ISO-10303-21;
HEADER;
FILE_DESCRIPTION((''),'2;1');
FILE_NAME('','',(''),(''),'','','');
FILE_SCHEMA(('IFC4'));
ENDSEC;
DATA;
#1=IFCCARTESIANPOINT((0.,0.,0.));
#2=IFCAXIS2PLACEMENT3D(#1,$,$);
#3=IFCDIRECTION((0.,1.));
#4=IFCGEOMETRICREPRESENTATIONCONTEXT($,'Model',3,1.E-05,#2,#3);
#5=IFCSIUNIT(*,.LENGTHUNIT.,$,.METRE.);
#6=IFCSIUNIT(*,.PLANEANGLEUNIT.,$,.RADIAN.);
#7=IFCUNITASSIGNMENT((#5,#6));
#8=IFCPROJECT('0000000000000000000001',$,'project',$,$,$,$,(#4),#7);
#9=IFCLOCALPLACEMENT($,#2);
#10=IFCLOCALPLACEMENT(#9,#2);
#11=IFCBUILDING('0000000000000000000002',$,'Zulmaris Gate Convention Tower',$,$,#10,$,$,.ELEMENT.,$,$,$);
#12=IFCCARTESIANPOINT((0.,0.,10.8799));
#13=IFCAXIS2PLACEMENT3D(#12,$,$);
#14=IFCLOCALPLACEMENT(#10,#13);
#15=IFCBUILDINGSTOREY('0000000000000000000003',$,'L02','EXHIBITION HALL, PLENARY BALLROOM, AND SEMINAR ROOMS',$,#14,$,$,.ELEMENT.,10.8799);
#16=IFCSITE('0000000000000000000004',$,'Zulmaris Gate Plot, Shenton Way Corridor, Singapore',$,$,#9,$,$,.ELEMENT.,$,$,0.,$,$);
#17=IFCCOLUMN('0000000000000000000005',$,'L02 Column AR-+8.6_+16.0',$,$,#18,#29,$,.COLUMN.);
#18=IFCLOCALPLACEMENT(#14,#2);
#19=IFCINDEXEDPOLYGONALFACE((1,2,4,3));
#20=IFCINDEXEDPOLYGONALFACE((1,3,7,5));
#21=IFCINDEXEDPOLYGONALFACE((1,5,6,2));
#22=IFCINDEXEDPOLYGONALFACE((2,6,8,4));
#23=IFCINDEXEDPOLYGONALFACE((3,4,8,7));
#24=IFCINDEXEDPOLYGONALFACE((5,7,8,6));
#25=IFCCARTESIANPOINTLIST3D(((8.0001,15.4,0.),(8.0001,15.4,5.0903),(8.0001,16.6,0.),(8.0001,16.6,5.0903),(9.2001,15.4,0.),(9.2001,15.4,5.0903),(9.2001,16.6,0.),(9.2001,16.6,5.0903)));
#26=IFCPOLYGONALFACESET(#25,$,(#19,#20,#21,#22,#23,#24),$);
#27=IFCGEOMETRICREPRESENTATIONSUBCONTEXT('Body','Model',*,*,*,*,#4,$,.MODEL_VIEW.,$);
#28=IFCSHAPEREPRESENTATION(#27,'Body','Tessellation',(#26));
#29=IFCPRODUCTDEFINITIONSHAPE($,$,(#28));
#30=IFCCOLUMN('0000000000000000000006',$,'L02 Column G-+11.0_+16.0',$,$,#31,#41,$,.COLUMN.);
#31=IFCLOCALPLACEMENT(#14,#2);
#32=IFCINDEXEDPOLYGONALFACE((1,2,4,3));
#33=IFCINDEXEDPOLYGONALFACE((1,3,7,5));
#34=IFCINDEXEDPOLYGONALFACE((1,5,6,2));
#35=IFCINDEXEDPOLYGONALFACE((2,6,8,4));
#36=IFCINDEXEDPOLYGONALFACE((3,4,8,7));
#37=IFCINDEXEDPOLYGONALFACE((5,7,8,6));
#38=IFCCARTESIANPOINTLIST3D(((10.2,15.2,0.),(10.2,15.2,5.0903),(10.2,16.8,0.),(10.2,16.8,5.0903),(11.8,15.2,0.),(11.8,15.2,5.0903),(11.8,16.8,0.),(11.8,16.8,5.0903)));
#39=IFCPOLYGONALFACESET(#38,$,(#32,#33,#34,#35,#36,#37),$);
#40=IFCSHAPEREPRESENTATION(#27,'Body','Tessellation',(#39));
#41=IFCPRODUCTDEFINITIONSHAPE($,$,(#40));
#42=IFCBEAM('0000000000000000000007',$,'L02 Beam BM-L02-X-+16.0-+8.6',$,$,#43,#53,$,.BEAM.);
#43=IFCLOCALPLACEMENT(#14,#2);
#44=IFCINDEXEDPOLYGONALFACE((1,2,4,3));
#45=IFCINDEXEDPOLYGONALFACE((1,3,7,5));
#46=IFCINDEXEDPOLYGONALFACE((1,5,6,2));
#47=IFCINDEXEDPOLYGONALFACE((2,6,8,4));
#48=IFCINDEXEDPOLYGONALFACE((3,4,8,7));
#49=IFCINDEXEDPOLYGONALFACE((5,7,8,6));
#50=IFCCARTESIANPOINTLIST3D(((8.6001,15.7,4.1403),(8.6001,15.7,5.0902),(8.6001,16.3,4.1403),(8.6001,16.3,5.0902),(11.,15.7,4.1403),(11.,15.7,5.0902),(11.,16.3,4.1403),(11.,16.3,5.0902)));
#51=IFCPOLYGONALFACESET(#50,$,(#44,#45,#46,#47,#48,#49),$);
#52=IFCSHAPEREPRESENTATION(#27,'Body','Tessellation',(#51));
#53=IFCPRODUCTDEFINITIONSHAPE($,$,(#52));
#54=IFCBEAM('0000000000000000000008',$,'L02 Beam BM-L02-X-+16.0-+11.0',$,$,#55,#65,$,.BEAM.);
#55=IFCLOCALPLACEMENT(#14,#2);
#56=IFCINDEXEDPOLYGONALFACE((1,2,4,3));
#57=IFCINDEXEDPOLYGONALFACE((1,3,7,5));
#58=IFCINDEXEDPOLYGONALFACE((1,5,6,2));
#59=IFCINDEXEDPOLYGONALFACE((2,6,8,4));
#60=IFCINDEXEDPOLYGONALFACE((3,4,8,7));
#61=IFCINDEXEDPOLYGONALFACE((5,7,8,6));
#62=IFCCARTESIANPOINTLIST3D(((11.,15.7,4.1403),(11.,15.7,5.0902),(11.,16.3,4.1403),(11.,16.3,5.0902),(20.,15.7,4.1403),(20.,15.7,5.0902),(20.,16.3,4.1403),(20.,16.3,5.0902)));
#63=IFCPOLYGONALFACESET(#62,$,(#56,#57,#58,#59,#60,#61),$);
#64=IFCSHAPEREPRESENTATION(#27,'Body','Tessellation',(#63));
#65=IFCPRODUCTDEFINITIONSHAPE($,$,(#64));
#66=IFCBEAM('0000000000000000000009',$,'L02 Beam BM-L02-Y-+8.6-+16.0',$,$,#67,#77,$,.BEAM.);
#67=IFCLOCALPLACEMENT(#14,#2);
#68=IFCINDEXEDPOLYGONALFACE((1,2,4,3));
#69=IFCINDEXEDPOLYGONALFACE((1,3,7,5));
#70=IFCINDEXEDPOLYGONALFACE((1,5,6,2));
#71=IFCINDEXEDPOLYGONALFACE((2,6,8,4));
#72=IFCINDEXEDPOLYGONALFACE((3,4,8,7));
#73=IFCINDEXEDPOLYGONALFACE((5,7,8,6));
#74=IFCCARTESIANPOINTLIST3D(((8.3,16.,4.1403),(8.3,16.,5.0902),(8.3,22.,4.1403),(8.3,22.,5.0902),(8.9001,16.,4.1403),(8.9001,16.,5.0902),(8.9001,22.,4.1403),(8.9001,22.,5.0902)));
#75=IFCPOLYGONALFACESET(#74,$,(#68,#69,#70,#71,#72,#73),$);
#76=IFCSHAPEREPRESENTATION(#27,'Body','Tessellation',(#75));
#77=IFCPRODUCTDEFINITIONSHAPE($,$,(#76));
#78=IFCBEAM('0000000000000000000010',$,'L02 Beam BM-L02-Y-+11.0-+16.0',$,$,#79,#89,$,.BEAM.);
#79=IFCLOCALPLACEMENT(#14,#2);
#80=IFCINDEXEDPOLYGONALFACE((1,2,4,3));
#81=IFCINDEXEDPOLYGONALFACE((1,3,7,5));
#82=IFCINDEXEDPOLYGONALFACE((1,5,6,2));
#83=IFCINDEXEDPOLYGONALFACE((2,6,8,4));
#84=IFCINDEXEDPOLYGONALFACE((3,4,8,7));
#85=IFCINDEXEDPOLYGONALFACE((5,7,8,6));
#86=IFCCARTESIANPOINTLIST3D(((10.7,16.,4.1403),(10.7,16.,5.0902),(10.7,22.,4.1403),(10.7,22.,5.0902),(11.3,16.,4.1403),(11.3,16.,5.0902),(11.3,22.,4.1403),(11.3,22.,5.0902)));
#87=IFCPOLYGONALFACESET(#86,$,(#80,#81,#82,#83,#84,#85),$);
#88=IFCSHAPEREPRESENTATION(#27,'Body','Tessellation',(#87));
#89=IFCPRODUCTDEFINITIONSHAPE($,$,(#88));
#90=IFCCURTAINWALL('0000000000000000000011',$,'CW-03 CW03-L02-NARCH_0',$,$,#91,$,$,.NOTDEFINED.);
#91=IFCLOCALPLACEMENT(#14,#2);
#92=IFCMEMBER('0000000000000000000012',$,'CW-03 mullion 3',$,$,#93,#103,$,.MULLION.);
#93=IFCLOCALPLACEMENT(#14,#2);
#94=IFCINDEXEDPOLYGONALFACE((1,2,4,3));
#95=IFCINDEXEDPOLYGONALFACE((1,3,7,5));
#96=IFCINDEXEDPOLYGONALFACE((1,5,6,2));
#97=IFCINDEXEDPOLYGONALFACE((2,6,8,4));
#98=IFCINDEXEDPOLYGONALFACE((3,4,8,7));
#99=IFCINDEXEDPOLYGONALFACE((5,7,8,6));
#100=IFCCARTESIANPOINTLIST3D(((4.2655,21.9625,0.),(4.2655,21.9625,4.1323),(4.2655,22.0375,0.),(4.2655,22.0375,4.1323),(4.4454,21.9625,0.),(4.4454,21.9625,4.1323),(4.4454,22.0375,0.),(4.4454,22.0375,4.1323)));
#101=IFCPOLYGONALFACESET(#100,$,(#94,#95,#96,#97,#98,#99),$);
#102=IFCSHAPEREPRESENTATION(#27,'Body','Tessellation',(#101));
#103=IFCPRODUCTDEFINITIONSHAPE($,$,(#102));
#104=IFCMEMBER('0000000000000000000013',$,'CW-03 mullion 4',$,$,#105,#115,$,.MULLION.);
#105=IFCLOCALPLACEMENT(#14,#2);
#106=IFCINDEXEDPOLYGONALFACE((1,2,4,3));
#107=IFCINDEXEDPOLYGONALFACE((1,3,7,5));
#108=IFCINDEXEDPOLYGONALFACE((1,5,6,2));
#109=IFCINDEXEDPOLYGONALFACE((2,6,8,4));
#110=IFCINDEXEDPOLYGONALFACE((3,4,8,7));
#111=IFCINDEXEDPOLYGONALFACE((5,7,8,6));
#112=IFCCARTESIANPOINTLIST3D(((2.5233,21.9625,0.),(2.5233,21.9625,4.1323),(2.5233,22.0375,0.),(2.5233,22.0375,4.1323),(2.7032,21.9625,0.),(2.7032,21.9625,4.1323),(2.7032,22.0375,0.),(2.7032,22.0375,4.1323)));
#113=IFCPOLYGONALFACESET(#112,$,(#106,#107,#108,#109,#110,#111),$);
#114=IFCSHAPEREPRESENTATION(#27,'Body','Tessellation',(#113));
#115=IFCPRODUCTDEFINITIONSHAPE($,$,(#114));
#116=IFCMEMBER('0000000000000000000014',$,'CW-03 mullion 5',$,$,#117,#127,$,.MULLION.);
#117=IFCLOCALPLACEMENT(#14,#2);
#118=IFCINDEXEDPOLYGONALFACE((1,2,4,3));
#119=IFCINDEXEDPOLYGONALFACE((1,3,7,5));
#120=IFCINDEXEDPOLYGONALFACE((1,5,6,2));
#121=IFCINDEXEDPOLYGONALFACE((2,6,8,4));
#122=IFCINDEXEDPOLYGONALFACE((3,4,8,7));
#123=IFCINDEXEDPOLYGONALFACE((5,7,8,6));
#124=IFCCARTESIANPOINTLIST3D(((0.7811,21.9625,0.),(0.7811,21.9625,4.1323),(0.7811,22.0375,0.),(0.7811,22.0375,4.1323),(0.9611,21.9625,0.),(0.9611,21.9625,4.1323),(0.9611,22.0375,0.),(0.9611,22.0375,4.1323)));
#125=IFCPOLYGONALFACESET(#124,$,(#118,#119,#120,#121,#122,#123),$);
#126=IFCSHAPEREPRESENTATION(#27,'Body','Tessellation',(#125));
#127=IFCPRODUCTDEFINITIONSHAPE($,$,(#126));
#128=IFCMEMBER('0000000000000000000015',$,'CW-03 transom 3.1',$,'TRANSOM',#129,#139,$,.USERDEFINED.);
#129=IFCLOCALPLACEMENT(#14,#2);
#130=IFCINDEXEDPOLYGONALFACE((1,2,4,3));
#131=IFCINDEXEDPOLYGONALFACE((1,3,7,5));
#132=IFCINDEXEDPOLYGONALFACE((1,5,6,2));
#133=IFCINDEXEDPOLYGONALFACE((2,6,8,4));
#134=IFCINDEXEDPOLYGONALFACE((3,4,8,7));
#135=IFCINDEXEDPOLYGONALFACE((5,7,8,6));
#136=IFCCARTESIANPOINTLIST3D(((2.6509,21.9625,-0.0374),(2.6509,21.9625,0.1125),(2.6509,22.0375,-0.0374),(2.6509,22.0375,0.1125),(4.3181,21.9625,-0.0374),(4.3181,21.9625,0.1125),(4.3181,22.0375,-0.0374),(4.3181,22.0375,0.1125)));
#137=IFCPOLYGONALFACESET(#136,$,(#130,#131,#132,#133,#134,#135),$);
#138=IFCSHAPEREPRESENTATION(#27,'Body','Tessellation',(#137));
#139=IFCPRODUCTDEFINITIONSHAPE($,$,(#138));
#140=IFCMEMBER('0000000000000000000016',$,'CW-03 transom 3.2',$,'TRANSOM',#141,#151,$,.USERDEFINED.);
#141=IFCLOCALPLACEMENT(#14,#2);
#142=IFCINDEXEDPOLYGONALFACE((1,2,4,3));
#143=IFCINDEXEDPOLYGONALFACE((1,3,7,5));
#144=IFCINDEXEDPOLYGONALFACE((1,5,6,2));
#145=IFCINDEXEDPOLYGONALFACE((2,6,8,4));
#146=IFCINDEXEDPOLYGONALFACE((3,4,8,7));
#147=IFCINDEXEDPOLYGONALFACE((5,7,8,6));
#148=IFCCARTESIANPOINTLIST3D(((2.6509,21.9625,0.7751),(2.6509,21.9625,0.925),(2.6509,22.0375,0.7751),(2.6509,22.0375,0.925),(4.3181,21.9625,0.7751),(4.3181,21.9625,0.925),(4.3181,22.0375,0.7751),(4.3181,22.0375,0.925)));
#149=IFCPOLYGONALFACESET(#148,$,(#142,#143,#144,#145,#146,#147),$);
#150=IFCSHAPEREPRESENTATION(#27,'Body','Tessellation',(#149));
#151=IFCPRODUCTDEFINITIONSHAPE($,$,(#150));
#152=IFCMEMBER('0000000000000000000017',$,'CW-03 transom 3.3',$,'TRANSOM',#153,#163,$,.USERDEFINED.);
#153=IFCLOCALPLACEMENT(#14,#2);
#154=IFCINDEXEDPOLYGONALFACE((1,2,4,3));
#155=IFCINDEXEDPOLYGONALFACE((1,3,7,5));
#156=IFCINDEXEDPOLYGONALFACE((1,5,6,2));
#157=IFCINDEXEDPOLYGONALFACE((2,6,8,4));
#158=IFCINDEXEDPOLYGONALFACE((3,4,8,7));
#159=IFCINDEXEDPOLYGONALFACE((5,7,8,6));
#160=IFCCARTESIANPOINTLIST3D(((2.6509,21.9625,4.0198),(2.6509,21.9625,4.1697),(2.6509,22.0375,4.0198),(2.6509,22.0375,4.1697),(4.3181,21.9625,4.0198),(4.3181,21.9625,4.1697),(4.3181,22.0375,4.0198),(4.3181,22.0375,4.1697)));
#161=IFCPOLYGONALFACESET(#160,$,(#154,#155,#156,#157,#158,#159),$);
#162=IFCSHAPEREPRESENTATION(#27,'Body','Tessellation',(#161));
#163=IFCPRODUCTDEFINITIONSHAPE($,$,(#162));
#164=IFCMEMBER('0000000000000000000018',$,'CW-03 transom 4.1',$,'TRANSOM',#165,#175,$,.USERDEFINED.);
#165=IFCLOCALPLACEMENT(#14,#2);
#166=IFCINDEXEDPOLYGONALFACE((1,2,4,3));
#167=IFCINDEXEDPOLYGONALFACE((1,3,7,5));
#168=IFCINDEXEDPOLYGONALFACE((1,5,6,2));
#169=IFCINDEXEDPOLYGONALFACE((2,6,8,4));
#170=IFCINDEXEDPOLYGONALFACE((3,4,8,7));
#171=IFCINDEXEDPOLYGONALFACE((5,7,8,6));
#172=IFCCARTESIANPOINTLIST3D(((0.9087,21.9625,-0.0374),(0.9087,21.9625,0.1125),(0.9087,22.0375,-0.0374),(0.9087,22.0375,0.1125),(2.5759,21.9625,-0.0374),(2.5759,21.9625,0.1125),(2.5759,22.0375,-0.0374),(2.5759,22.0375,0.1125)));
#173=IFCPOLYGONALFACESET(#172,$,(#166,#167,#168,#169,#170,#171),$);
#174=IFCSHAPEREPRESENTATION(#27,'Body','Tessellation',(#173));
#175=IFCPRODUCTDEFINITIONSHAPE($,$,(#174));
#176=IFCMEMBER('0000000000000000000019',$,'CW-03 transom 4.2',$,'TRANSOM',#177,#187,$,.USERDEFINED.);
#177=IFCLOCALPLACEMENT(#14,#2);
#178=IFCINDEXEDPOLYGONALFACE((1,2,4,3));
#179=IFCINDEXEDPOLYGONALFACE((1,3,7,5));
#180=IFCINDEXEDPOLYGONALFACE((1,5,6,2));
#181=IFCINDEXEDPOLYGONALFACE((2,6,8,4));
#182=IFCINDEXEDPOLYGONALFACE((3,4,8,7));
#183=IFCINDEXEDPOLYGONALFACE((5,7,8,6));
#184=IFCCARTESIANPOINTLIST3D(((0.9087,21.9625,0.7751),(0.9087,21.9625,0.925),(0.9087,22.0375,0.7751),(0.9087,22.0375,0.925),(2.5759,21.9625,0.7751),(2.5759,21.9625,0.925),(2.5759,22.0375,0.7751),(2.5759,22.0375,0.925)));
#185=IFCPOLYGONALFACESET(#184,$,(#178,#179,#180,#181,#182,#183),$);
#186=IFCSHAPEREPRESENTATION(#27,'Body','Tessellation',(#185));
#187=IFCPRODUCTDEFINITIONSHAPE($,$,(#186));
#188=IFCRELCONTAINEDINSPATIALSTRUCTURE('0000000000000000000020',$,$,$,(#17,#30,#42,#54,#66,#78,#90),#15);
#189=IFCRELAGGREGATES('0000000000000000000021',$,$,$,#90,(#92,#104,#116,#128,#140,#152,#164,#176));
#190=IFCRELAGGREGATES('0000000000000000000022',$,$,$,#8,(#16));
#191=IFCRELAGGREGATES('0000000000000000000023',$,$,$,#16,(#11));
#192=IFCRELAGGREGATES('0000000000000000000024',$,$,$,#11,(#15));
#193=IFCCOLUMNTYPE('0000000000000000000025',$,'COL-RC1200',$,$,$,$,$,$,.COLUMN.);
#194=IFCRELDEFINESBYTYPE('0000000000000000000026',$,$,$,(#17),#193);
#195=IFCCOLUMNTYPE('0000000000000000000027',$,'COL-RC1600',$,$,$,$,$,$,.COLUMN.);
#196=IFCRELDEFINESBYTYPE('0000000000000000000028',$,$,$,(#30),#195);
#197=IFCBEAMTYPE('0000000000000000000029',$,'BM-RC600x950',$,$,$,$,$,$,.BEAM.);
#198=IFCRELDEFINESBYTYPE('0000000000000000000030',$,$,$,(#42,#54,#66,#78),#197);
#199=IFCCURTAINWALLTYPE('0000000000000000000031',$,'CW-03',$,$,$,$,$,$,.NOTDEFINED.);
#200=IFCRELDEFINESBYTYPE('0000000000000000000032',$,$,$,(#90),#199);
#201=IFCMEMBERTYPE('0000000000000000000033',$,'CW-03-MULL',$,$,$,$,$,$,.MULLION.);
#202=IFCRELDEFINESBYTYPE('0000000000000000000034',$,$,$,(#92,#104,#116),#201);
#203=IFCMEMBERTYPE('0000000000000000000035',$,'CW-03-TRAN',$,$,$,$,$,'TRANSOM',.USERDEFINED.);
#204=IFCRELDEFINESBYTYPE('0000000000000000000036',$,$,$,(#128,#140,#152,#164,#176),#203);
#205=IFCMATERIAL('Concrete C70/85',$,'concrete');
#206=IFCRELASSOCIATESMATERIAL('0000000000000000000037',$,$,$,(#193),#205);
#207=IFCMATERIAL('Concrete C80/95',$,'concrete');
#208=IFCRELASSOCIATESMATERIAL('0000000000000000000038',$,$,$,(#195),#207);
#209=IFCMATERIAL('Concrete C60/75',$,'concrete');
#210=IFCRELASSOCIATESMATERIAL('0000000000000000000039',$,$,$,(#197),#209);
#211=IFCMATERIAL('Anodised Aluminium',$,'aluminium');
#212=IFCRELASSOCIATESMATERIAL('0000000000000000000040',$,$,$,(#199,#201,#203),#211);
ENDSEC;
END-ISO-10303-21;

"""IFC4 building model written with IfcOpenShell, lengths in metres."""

from ifc_helpers import new_model, si_unit, direction, frame, origin, origin_2d, place, context, subcontext, project, spatial, rectangle, extrude, material, material_profile, profile_set, type_object, element, aggregate, save


model = new_model("IFC4")

# Units and contexts
model_context = context("Model", 3, precision=1e-05, world=origin(), true_north=direction((0.0, 1.0)))
body_context = subcontext(model_context, "Body", "Model", "MODEL_VIEW")
ifc_project = project(units=[si_unit("LENGTHUNIT", "METRE"), si_unit("PLANEANGLEUNIT", "RADIAN")], contexts=[model_context])

# Site, building, storey
site_placement = place(None, origin())
site = spatial("IfcSite", under=ifc_project, at=site_placement, Name="Zulmaris Gate Plot, Shenton Way Corridor, Singapore", CompositionType="ELEMENT", RefElevation=0.0)
building_placement = place(site_placement, origin())
building = spatial("IfcBuilding", under=site, at=building_placement, Name="Zulmaris Gate Convention Tower", CompositionType="ELEMENT")
storey_placement = place(building_placement, frame((0.0, 0.0, 10.8799)))
storey = spatial("IfcBuildingStorey", under=building, at=storey_placement, Name="L02", Description="EXHIBITION HALL, PLENARY BALLROOM, AND SEMINAR ROOMS", CompositionType="ELEMENT", Elevation=10.8799)

# Columns
ifc_material_1 = material(Name="Concrete C70/85", Category="concrete")
ifc_material_profile_1 = material_profile(ifc_material_1, rectangle(XDim=1.2, YDim=1.2, at=origin_2d()), Name="RC COL 1200x1200")
ifc_profile_set_1 = profile_set([ifc_material_profile_1], Name="Concrete C70/85")
column_type_1 = type_object("IfcColumnType", Name="COL-RC1200", PredefinedType="COLUMN", material=ifc_profile_set_1)
column_1_placement = place(storey_placement, frame((8.6001, 16.0, 0.0), z_axis=(0.0, 0.0, 1.0), x_axis=(1.0, 0.0, 0.0)))
element("IfcColumn", 1, at=column_1_placement, inside=storey, type_object=column_type_1, Name="L02 Column AR-+8.6_+16.0", PredefinedType="COLUMN", context=body_context, shape_type="SweptSolid", body=[
    extrude(rectangle(XDim=1.2, YDim=1.2, at=origin_2d()), origin(), (0.0, 0.0, 1.0), 5.0903),
])
ifc_material_2 = material(Name="Concrete C80/95", Category="concrete")
ifc_material_profile_2 = material_profile(ifc_material_2, rectangle(XDim=1.6001, YDim=1.6001, at=origin_2d()), Name="RC COL 1600x1600")
ifc_profile_set_2 = profile_set([ifc_material_profile_2], Name="Concrete C80/95")
column_type_2 = type_object("IfcColumnType", Name="COL-RC1600", PredefinedType="COLUMN", material=ifc_profile_set_2)
column_2_placement = place(storey_placement, frame((11.0, 16.0, 0.0), z_axis=(0.0, 0.0, 1.0), x_axis=(1.0, 0.0, 0.0)))
element("IfcColumn", 2, at=column_2_placement, inside=storey, type_object=column_type_2, Name="L02 Column G-+11.0_+16.0", PredefinedType="COLUMN", context=body_context, shape_type="SweptSolid", body=[
    extrude(rectangle(XDim=1.6001, YDim=1.6001, at=origin_2d()), origin(), (0.0, 0.0, 1.0), 5.0903),
])

# Beams
ifc_material_3 = material(Name="Concrete C60/75", Category="concrete")
ifc_material_profile_3 = material_profile(ifc_material_3, rectangle(XDim=0.6001, YDim=0.95, at=origin_2d()), Name="RC BEAM 600x950")
ifc_profile_set_3 = profile_set([ifc_material_profile_3], Name="Concrete C60/75")
beam_type = type_object("IfcBeamType", Name="BM-RC600x950", PredefinedType="BEAM", material=ifc_profile_set_3)
beam_1_placement = place(storey_placement, frame((8.6001, 16.0, 4.6152), z_axis=(1.0, 0.0, 0.0), x_axis=(0.0, 1.0, 0.0)))
element("IfcBeam", 3, at=beam_1_placement, inside=storey, type_object=beam_type, Name="L02 Beam BM-L02-X-+16.0-+8.6", PredefinedType="BEAM", context=body_context, shape_type="SweptSolid", body=[
    extrude(rectangle(XDim=0.6001, YDim=0.95, at=origin_2d()), origin(), (0.0, 0.0, 1.0), 2.3999),
])
beam_2_placement = place(storey_placement, frame((11.0, 16.0, 4.6152), z_axis=(1.0, 0.0, 0.0), x_axis=(0.0, 1.0, 0.0)))
element("IfcBeam", 4, at=beam_2_placement, inside=storey, type_object=beam_type, Name="L02 Beam BM-L02-X-+16.0-+11.0", PredefinedType="BEAM", context=body_context, shape_type="SweptSolid", body=[
    extrude(rectangle(XDim=0.6001, YDim=0.95, at=origin_2d()), origin(), (0.0, 0.0, 1.0), 9.0),
])
for number, where, z_axis, x_axis, name in (
    (5, (8.6001, 16.0, 4.6152), (0.0, 1.0, 0.0), (-1.0, 0.0, 0.0), "L02 Beam BM-L02-Y-+8.6-+16.0"),
    (6, (11.0, 16.0, 4.6152), (0.0, 1.0, 0.0), (-1.0, 0.0, 0.0), "L02 Beam BM-L02-Y-+11.0-+16.0"),
):
    element("IfcBeam", number, at=place(storey_placement, frame(where, z_axis=z_axis, x_axis=x_axis)), inside=storey, type_object=beam_type, Name=name, PredefinedType="BEAM", context=body_context, shape_type="SweptSolid", body=[
        extrude(rectangle(XDim=0.6001, YDim=0.95, at=origin_2d()), origin(), (0.0, 0.0, 1.0), 6.0),
    ])

# Curtain wall, members
ifc_material_4 = material(Name="Anodised Aluminium", Category="aluminium")
curtain_wall_type = type_object("IfcCurtainWallType", Name="CW-03", PredefinedType="NOTDEFINED", material=ifc_material_4)
curtain_wall_placement = place(storey_placement, origin())
curtain_wall = element("IfcCurtainWall", 7, at=curtain_wall_placement, inside=storey, type_object=curtain_wall_type, Name="CW-03 CW03-L02-NARCH_0", PredefinedType="NOTDEFINED")
ifc_material_profile_4 = material_profile(ifc_material_4, rectangle(XDim=0.075, YDim=0.1799, at=origin_2d()), Name="ALU MULLION 75x180")
ifc_profile_set_4 = profile_set([ifc_material_profile_4], Name="Anodised Aluminium")
member_type_1 = type_object("IfcMemberType", Name="CW-03-MULL", PredefinedType="MULLION", material=ifc_profile_set_4)
member_1_placement = place(storey_placement, frame((4.3555, 22.0, 0.0), z_axis=(0.0, 0.0, 1.0), x_axis=(0.0, -1.0, 0.0)))
member_1 = element("IfcMember", 8, at=member_1_placement, type_object=member_type_1, Name="CW-03 mullion 3", PredefinedType="MULLION", context=body_context, shape_type="SweptSolid", body=[
    extrude(rectangle(XDim=0.075, YDim=0.1799, at=origin_2d()), origin(), (0.0, 0.0, 1.0), 4.1323),
])
member_2_placement = place(storey_placement, frame((2.6133, 22.0, 0.0), z_axis=(0.0, 0.0, 1.0), x_axis=(0.0, -1.0, 0.0)))
member_2 = element("IfcMember", 9, at=member_2_placement, type_object=member_type_1, Name="CW-03 mullion 4", PredefinedType="MULLION", context=body_context, shape_type="SweptSolid", body=[
    extrude(rectangle(XDim=0.075, YDim=0.1799, at=origin_2d()), origin(), (0.0, 0.0, 1.0), 4.1323),
])
member_3_placement = place(storey_placement, frame((0.8711, 22.0, 0.0), z_axis=(0.0, 0.0, 1.0), x_axis=(0.0, -1.0, 0.0)))
member_3 = element("IfcMember", 10, at=member_3_placement, type_object=member_type_1, Name="CW-03 mullion 5", PredefinedType="MULLION", context=body_context, shape_type="SweptSolid", body=[
    extrude(rectangle(XDim=0.075, YDim=0.1799, at=origin_2d()), origin(), (0.0, 0.0, 1.0), 4.1323),
])
ifc_material_profile_5 = material_profile(ifc_material_4, rectangle(XDim=0.075, YDim=0.1499, at=origin_2d()), Name="ALU TRANSOM 75x150")
ifc_profile_set_5 = profile_set([ifc_material_profile_5], Name="Anodised Aluminium")
member_type_2 = type_object("IfcMemberType", Name="CW-03-TRAN", ElementType="TRANSOM", PredefinedType="USERDEFINED", material=ifc_profile_set_5)
member_4_placement = place(storey_placement, frame((4.3181, 22.0, 0.0376), z_axis=(-1.0, 0.0, 0.0), x_axis=(0.0, -1.0, 0.0)))
member_4 = element("IfcMember", 11, at=member_4_placement, type_object=member_type_2, Name="CW-03 transom 3.1", ObjectType="TRANSOM", PredefinedType="USERDEFINED", context=body_context, shape_type="SweptSolid", body=[
    extrude(rectangle(XDim=0.075, YDim=0.1499, at=origin_2d()), origin(), (0.0, 0.0, 1.0), 1.6672),
])
member_5_placement = place(storey_placement, frame((4.3181, 22.0, 0.8501), z_axis=(-1.0, 0.0, 0.0), x_axis=(0.0, -1.0, 0.0)))
member_5 = element("IfcMember", 12, at=member_5_placement, type_object=member_type_2, Name="CW-03 transom 3.2", ObjectType="TRANSOM", PredefinedType="USERDEFINED", context=body_context, shape_type="SweptSolid", body=[
    extrude(rectangle(XDim=0.075, YDim=0.1499, at=origin_2d()), origin(), (0.0, 0.0, 1.0), 1.6672),
])
member_6_placement = place(storey_placement, frame((4.3181, 22.0, 4.0947), z_axis=(-1.0, 0.0, 0.0), x_axis=(0.0, -1.0, 0.0)))
member_6 = element("IfcMember", 13, at=member_6_placement, type_object=member_type_2, Name="CW-03 transom 3.3", ObjectType="TRANSOM", PredefinedType="USERDEFINED", context=body_context, shape_type="SweptSolid", body=[
    extrude(rectangle(XDim=0.075, YDim=0.1499, at=origin_2d()), origin(), (0.0, 0.0, 1.0), 1.6672),
])
member_7_placement = place(storey_placement, frame((2.5759, 22.0, 0.0376), z_axis=(-1.0, 0.0, 0.0), x_axis=(0.0, -1.0, 0.0)))
member_7 = element("IfcMember", 14, at=member_7_placement, type_object=member_type_2, Name="CW-03 transom 4.1", ObjectType="TRANSOM", PredefinedType="USERDEFINED", context=body_context, shape_type="SweptSolid", body=[
    extrude(rectangle(XDim=0.075, YDim=0.1499, at=origin_2d()), origin(), (0.0, 0.0, 1.0), 1.6672),
])
member_8_placement = place(storey_placement, frame((2.5759, 22.0, 0.8501), z_axis=(-1.0, 0.0, 0.0), x_axis=(0.0, -1.0, 0.0)))
member_8 = element("IfcMember", 15, at=member_8_placement, type_object=member_type_2, Name="CW-03 transom 4.2", ObjectType="TRANSOM", PredefinedType="USERDEFINED", context=body_context, shape_type="SweptSolid", body=[
    extrude(rectangle(XDim=0.075, YDim=0.1499, at=origin_2d()), origin(), (0.0, 0.0, 1.0), 1.6672),
])
aggregate(curtain_wall, [member_1, member_2, member_3, member_4, member_5, member_6, member_7, member_8])

save(model, "model.ifc")
